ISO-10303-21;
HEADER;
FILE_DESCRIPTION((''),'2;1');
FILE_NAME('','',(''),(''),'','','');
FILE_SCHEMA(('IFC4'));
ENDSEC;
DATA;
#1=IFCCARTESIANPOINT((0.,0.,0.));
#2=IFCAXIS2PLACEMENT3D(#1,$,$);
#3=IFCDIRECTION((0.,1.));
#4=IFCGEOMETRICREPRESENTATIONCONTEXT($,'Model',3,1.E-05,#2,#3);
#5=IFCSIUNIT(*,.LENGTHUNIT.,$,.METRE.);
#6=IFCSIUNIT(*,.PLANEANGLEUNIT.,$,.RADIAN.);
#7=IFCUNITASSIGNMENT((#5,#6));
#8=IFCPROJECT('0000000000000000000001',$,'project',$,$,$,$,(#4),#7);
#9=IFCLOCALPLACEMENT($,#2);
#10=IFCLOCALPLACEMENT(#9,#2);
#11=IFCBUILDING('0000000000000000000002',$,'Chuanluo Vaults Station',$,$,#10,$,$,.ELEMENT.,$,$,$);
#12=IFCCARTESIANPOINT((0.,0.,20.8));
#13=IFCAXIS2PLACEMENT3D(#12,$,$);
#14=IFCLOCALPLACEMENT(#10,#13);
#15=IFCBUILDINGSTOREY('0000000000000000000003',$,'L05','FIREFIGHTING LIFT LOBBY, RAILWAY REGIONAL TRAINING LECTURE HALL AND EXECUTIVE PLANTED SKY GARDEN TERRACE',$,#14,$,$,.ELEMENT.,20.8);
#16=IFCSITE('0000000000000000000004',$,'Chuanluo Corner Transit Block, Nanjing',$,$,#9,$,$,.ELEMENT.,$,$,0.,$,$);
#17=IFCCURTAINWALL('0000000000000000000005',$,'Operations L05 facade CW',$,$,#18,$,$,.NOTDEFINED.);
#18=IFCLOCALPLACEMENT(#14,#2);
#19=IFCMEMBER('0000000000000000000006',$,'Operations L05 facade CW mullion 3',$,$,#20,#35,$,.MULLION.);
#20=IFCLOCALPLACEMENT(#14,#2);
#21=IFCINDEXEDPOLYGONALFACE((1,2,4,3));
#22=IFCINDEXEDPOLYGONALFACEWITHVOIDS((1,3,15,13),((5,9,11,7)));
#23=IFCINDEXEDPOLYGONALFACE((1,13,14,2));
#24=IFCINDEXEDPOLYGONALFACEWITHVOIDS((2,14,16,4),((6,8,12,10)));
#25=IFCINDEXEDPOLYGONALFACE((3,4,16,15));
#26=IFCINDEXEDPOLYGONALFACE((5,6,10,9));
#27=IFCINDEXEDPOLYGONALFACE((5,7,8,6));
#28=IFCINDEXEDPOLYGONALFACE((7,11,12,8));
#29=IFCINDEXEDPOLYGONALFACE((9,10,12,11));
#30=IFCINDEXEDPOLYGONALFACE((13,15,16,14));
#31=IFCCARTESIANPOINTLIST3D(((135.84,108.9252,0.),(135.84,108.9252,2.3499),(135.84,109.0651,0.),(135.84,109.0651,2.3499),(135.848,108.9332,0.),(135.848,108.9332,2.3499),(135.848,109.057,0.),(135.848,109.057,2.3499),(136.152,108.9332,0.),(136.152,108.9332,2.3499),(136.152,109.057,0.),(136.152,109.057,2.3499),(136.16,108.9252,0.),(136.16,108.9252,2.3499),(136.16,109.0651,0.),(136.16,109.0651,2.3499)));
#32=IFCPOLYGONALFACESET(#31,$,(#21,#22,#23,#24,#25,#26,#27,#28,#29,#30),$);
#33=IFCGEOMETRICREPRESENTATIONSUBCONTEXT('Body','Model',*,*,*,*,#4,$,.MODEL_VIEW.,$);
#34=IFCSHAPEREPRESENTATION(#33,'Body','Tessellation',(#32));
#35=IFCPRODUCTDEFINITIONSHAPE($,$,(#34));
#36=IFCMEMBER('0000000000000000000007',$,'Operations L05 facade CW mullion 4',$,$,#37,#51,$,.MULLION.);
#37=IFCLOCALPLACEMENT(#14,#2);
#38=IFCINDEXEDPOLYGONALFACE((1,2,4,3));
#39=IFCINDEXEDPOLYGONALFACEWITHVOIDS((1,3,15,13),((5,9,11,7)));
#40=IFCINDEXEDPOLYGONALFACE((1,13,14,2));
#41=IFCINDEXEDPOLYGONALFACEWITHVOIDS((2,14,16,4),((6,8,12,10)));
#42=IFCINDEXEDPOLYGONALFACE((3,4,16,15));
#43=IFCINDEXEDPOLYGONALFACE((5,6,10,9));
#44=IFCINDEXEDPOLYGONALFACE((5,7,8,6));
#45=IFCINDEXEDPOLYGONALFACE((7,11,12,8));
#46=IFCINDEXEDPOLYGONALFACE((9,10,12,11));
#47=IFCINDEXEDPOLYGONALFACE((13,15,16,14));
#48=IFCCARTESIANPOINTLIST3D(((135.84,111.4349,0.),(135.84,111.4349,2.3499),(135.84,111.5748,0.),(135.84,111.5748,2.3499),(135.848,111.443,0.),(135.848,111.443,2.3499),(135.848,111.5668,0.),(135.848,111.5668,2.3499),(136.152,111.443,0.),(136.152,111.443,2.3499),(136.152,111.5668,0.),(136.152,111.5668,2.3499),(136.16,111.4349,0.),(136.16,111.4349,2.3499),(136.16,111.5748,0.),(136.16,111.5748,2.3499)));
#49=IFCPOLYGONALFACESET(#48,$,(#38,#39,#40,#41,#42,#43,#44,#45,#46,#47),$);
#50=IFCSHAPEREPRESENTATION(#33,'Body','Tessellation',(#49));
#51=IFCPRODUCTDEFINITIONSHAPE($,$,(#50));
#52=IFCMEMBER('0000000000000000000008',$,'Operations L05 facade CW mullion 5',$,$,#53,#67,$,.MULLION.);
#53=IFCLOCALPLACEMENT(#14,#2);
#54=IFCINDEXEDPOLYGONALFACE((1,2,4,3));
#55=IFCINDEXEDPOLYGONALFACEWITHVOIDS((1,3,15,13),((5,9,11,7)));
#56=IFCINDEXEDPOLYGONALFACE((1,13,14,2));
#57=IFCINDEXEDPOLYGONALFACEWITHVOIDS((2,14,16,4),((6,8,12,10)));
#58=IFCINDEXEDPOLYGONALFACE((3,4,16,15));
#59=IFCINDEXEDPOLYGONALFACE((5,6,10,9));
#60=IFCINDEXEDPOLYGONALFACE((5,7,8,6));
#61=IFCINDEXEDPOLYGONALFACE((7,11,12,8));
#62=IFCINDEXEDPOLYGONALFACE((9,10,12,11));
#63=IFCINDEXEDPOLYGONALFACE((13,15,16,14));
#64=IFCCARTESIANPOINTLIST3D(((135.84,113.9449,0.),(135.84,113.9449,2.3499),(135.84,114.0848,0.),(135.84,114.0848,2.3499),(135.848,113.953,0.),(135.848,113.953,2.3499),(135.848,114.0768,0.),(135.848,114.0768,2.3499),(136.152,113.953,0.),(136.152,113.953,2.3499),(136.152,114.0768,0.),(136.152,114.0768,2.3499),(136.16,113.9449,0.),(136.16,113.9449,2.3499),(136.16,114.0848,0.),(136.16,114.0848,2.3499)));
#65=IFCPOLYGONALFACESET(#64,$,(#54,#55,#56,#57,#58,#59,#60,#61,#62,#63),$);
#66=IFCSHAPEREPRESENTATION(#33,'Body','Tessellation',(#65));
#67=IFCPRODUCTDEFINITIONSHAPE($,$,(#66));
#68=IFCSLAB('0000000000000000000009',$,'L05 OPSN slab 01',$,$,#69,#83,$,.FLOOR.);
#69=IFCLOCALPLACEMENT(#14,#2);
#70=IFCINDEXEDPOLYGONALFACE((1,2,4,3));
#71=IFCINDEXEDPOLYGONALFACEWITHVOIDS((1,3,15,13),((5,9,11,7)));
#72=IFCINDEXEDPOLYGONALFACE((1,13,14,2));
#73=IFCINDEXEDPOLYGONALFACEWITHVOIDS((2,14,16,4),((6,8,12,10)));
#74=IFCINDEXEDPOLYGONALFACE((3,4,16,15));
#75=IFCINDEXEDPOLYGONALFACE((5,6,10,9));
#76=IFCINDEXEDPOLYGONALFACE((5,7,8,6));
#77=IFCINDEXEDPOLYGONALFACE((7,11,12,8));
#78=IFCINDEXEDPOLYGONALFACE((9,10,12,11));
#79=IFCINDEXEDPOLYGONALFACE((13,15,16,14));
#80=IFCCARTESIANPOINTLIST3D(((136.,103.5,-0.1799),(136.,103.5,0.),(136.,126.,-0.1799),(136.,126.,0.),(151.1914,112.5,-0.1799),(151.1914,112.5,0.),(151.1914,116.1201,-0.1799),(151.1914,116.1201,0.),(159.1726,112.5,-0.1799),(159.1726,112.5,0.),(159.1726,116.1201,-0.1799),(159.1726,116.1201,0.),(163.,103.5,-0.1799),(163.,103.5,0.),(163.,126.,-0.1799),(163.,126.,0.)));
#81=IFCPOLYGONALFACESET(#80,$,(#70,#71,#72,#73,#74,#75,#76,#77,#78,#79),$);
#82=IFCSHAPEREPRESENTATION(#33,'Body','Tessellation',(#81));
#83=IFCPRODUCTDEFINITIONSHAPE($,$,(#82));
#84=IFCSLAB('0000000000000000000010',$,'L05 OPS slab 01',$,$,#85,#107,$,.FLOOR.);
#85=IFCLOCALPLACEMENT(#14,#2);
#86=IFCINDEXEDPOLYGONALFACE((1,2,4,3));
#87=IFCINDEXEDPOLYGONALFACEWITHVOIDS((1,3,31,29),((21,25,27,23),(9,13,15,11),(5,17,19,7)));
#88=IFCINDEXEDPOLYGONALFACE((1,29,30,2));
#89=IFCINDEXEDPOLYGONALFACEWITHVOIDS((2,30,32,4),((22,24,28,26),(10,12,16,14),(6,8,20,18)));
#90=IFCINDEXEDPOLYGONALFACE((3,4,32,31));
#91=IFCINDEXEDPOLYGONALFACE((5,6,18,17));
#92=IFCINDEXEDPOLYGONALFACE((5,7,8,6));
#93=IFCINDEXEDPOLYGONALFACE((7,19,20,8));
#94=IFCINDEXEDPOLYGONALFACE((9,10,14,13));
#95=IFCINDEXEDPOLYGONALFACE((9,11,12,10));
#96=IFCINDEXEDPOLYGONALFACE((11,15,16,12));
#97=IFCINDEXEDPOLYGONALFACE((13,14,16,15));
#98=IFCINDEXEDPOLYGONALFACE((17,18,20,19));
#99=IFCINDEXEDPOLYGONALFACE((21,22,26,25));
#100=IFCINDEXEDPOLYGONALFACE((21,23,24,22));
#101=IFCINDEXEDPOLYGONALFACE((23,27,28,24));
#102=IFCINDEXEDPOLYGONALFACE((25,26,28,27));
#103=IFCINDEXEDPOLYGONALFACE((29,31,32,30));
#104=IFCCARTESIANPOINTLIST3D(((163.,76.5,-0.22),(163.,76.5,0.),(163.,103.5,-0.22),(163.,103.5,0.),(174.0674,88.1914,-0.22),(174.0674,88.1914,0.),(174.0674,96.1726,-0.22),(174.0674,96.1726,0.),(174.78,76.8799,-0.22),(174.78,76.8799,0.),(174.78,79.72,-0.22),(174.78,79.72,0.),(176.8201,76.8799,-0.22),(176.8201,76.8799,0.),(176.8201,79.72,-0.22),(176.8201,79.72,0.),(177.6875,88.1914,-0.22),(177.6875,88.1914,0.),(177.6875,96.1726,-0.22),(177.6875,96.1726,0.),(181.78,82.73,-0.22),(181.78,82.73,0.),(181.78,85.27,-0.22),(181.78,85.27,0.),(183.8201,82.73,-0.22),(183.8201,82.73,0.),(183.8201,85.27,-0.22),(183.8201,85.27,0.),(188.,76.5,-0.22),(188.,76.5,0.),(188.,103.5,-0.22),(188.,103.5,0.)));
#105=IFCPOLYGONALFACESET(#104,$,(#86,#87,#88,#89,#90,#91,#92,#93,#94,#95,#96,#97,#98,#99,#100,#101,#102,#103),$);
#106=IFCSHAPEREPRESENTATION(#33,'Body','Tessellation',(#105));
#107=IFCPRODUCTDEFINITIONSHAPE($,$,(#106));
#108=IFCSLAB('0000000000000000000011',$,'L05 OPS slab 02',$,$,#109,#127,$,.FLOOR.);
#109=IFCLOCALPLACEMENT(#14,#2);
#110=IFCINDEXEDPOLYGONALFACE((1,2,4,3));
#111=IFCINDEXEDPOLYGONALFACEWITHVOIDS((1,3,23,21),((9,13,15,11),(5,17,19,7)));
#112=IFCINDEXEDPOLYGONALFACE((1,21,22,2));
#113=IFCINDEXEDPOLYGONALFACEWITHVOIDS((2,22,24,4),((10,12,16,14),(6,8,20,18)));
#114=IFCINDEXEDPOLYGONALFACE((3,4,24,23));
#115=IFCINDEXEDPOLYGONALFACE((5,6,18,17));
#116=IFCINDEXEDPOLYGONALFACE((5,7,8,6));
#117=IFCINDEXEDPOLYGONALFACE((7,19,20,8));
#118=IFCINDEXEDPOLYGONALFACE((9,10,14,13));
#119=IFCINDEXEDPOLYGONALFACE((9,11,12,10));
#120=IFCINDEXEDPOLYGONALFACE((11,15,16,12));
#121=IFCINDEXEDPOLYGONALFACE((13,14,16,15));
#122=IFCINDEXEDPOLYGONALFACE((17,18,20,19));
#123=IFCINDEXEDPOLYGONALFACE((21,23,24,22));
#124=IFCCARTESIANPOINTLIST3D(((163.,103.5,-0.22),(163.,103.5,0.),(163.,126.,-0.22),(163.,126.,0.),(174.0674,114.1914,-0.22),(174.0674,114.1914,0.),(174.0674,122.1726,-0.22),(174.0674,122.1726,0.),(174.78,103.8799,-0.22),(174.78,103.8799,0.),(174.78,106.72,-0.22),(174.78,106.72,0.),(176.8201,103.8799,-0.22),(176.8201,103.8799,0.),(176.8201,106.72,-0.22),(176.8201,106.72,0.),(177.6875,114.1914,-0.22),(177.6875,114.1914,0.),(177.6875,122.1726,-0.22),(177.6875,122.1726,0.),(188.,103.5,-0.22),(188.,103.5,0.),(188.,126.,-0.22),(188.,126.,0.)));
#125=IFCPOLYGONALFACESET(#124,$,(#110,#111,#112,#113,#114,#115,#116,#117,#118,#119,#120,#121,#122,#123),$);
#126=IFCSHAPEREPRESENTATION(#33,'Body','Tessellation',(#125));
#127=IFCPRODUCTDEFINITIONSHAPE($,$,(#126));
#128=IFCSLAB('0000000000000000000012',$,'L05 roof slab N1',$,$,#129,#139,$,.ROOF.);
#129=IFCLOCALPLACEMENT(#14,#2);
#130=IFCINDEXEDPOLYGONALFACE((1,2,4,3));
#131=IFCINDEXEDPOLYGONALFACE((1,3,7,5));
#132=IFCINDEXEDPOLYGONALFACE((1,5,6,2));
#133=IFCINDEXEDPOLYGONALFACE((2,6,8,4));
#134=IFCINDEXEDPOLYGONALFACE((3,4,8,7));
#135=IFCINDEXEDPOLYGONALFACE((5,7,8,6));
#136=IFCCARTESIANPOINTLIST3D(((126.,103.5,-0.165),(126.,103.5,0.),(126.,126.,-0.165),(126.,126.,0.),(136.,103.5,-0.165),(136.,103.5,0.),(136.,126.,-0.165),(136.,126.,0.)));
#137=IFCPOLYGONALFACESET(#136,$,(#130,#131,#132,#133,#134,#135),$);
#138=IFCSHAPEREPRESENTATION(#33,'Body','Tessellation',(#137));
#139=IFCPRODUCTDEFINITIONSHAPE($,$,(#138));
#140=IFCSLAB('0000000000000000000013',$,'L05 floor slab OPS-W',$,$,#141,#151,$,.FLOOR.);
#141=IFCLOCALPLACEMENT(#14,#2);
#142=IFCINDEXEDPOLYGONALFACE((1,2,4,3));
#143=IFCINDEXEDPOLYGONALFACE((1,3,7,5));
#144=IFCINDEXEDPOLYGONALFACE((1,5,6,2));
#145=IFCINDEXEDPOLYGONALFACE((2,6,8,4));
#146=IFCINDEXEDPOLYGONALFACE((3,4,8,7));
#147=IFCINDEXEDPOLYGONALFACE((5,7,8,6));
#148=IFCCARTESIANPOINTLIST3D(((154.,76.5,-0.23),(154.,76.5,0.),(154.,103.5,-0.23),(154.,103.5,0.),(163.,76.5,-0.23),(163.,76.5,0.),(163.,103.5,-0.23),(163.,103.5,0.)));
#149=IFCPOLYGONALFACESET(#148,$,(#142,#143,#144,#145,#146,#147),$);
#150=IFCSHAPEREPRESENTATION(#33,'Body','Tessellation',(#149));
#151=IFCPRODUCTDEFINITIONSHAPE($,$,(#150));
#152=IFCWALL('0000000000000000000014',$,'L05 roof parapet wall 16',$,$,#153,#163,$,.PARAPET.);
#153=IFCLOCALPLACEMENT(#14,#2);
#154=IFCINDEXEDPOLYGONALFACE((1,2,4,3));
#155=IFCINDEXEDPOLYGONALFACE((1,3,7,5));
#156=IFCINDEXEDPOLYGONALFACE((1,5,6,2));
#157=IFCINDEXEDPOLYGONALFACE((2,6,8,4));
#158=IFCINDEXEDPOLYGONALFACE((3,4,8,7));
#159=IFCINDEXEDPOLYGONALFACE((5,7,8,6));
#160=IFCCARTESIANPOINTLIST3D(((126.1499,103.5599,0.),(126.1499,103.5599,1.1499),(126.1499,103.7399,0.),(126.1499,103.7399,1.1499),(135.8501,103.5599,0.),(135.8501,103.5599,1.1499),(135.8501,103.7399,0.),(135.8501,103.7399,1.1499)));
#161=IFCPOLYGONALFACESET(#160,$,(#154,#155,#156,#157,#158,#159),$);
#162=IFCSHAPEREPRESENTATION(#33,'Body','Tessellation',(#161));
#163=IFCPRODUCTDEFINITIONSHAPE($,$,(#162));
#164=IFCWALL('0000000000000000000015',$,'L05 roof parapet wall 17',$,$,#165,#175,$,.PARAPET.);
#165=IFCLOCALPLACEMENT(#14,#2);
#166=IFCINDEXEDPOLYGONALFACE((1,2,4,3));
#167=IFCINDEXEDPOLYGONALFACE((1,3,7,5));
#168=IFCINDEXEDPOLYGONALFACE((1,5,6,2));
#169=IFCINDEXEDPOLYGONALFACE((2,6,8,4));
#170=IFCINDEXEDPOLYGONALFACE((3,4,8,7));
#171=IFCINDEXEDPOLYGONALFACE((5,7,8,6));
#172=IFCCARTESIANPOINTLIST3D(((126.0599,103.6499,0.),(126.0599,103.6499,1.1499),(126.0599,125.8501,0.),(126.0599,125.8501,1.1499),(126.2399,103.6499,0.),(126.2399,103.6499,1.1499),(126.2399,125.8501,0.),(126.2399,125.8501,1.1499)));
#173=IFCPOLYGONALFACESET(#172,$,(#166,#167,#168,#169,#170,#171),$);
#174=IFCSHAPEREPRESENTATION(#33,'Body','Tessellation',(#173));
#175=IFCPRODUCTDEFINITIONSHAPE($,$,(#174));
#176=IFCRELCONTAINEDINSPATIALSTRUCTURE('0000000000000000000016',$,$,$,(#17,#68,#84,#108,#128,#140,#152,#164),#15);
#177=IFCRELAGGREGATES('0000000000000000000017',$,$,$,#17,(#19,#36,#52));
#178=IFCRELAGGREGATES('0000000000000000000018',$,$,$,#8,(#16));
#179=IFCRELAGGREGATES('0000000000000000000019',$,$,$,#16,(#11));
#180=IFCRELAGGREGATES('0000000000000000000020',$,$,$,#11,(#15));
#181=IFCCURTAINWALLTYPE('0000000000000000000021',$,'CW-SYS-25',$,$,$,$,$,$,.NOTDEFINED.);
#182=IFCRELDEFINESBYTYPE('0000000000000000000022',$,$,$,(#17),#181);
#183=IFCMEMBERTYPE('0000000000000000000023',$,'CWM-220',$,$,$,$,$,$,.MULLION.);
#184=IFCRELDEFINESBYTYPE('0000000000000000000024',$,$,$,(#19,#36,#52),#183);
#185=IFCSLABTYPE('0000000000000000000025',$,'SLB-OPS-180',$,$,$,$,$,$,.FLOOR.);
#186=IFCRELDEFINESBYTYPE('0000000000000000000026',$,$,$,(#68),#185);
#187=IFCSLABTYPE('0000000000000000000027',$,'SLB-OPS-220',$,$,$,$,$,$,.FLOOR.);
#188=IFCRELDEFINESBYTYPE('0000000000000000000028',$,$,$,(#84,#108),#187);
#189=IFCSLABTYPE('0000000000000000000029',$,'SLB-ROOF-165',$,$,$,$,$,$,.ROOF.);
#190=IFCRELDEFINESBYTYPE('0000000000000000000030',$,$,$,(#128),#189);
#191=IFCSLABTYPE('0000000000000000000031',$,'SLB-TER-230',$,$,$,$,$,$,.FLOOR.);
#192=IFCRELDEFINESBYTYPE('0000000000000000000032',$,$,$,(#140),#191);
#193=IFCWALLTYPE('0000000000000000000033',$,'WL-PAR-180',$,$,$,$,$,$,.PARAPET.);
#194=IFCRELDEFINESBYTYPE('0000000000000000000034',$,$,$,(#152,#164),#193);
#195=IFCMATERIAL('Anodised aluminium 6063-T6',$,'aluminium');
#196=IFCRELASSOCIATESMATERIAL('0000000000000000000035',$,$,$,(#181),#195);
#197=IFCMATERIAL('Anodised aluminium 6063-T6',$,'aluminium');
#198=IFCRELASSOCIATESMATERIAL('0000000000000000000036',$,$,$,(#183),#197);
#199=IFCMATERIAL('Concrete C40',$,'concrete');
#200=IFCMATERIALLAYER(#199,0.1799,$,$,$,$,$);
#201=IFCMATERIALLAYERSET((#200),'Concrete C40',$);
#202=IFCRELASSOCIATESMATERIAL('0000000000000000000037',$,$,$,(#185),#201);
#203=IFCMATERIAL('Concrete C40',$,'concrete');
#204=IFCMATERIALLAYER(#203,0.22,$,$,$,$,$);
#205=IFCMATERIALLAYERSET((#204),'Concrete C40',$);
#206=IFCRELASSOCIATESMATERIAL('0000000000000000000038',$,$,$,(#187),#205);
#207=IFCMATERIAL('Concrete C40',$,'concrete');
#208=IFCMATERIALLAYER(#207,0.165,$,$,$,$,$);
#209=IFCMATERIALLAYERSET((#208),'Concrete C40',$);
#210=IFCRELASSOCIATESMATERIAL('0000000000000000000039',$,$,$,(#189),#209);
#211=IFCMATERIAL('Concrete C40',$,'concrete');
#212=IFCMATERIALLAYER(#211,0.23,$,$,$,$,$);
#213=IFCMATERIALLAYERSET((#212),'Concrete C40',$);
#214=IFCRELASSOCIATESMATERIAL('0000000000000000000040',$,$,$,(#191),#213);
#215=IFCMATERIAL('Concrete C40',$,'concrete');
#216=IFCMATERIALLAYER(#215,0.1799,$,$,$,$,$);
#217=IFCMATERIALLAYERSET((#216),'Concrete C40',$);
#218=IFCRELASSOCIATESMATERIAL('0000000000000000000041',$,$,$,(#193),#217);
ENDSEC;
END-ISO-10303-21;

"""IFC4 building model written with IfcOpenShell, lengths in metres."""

from ifc_helpers import new_model, si_unit, direction, frame, frame_2d, origin, origin_2d, place, context, subcontext, project, spatial, polyline, rectangle, hollow_rectangle, outline, extrude, material, layer, layer_set, material_profile, profile_set, type_object, element, aggregate, save


model = new_model("IFC4")

# Units and contexts
model_context = context("Model", 3, precision=1e-05, world=origin(), true_north=direction((0.0, 1.0)))
body_context = subcontext(model_context, "Body", "Model", "MODEL_VIEW")
ifc_project = project(units=[si_unit("LENGTHUNIT", "METRE"), si_unit("PLANEANGLEUNIT", "RADIAN")], contexts=[model_context])

# Site, building, storey
site_placement = place(None, origin())
site = spatial("IfcSite", under=ifc_project, at=site_placement, Name="Chuanluo Corner Transit Block, Nanjing", CompositionType="ELEMENT", RefElevation=0.0)
building_placement = place(site_placement, origin())
building = spatial("IfcBuilding", under=site, at=building_placement, Name="Chuanluo Vaults Station", CompositionType="ELEMENT")
storey_placement = place(building_placement, frame((0.0, 0.0, 20.8)))
storey = spatial("IfcBuildingStorey", under=building, at=storey_placement, Name="L05", Description="FIREFIGHTING LIFT LOBBY, RAILWAY REGIONAL TRAINING LECTURE HALL AND EXECUTIVE PLANTED SKY GARDEN TERRACE", CompositionType="ELEMENT", Elevation=20.8)

# Curtain wall, members
ifc_material_1 = material(Name="Anodised aluminium 6063-T6", Category="aluminium")
curtain_wall_type = type_object("IfcCurtainWallType", Name="CW-SYS-25", PredefinedType="NOTDEFINED", material=ifc_material_1)
curtain_wall_placement = place(storey_placement, origin())
curtain_wall = element("IfcCurtainWall", 1, at=curtain_wall_placement, inside=storey, type_object=curtain_wall_type, Name="Operations L05 facade CW", PredefinedType="NOTDEFINED")
ifc_material_2 = material(Name="Anodised aluminium 6063-T6", Category="aluminium")
ifc_material_profile_1 = material_profile(ifc_material_2, hollow_rectangle(XDim=0.1399, YDim=0.3201, WallThickness=0.0081, at=origin_2d()))
ifc_profile_set_1 = profile_set([ifc_material_profile_1], Name="Anodised aluminium 6063-T6")
member_type = type_object("IfcMemberType", Name="CWM-220", PredefinedType="MULLION", material=ifc_profile_set_1)
member_1_placement = place(storey_placement, frame((136.0, 108.9951, 0.0), z_axis=(0.0, 0.0, 1.0), x_axis=(0.0, 1.0, 0.0)))
member_1 = element("IfcMember", 2, at=member_1_placement, type_object=member_type, Name="Operations L05 facade CW mullion 3", PredefinedType="MULLION", context=body_context, shape_type="SweptSolid", body=[
    extrude(hollow_rectangle(XDim=0.1399, YDim=0.3201, WallThickness=0.0081, at=origin_2d()), origin(), (0.0, 0.0, 1.0), 2.3499),
])
member_2_placement = place(storey_placement, frame((136.0, 111.5049, 0.0), z_axis=(0.0, 0.0, 1.0), x_axis=(0.0, 1.0, 0.0)))
member_2 = element("IfcMember", 3, at=member_2_placement, type_object=member_type, Name="Operations L05 facade CW mullion 4", PredefinedType="MULLION", context=body_context, shape_type="SweptSolid", body=[
    extrude(hollow_rectangle(XDim=0.1399, YDim=0.3201, WallThickness=0.0081, at=origin_2d()), origin(), (0.0, 0.0, 1.0), 2.3499),
])
member_3_placement = place(storey_placement, frame((136.0, 114.0149, 0.0), z_axis=(0.0, 0.0, 1.0), x_axis=(0.0, 1.0, 0.0)))
member_3 = element("IfcMember", 4, at=member_3_placement, type_object=member_type, Name="Operations L05 facade CW mullion 5", PredefinedType="MULLION", context=body_context, shape_type="SweptSolid", body=[
    extrude(hollow_rectangle(XDim=0.1399, YDim=0.3201, WallThickness=0.0081, at=origin_2d()), origin(), (0.0, 0.0, 1.0), 2.3499),
])
aggregate(curtain_wall, [member_1, member_2, member_3])

# Slabs
ifc_material_3 = material(Name="Concrete C40", Category="concrete")
ifc_layer_1 = layer(ifc_material_3, 0.1799)
ifc_layer_set_1 = layer_set([ifc_layer_1], Name="Concrete C40")
slab_type_1 = type_object("IfcSlabType", Name="SLB-OPS-180", PredefinedType="FLOOR", material=ifc_layer_set_1)
slab_1_placement = place(storey_placement, frame((0.0, 0.0, -0.1799)))
element("IfcSlab", 5, at=slab_1_placement, inside=storey, type_object=slab_type_1, Name="L05 OPSN slab 01", PredefinedType="FLOOR", context=body_context, shape_type="SweptSolid", body=[
    extrude(outline(polyline([(136.0, 103.5), (163.0, 103.5), (163.0, 126.0), (136.0, 126.0), (136.0, 103.5)]), holes=[polyline([(151.1914, 112.5), (159.1726, 112.5), (159.1726, 116.1201), (151.1914, 116.1201), (151.1914, 112.5)])]), origin(), (0.0, 0.0, 1.0), 0.1799),
])
ifc_material_4 = material(Name="Concrete C40", Category="concrete")
ifc_layer_2 = layer(ifc_material_4, 0.22)
ifc_layer_set_2 = layer_set([ifc_layer_2], Name="Concrete C40")
slab_type_2 = type_object("IfcSlabType", Name="SLB-OPS-220", PredefinedType="FLOOR", material=ifc_layer_set_2)
slab_2_placement = place(storey_placement, frame((0.0, 0.0, -0.22)))
element("IfcSlab", 6, at=slab_2_placement, inside=storey, type_object=slab_type_2, Name="L05 OPS slab 01", PredefinedType="FLOOR", context=body_context, shape_type="SweptSolid", body=[
    extrude(outline(polyline([(163.0, 76.5), (188.0, 76.5), (188.0, 103.5), (163.0, 103.5), (163.0, 76.5)]), holes=[polyline([(177.6875, 88.1914), (177.6875, 96.1726), (174.0674, 96.1726), (174.0674, 88.1914), (177.6875, 88.1914)]), polyline([(174.78, 76.8799), (176.8201, 76.8799), (176.8201, 79.72), (174.78, 79.72), (174.78, 76.8799)]), polyline([(181.78, 82.73), (183.8201, 82.73), (183.8201, 85.27), (181.78, 85.27), (181.78, 82.73)])]), origin(), (0.0, 0.0, 1.0), 0.22),
])
slab_3_placement = place(storey_placement, frame((0.0, 0.0, -0.22)))
element("IfcSlab", 7, at=slab_3_placement, inside=storey, type_object=slab_type_2, Name="L05 OPS slab 02", PredefinedType="FLOOR", context=body_context, shape_type="SweptSolid", body=[
    extrude(outline(polyline([(163.0, 103.5), (188.0, 103.5), (188.0, 126.0), (163.0, 126.0), (163.0, 103.5)]), holes=[polyline([(177.6875, 114.1914), (177.6875, 122.1726), (174.0674, 122.1726), (174.0674, 114.1914), (177.6875, 114.1914)]), polyline([(174.78, 103.8799), (176.8201, 103.8799), (176.8201, 106.72), (174.78, 106.72), (174.78, 103.8799)])]), origin(), (0.0, 0.0, 1.0), 0.22),
])
ifc_material_5 = material(Name="Concrete C40", Category="concrete")
ifc_layer_3 = layer(ifc_material_5, 0.165)
ifc_layer_set_3 = layer_set([ifc_layer_3], Name="Concrete C40")
slab_type_3 = type_object("IfcSlabType", Name="SLB-ROOF-165", PredefinedType="ROOF", material=ifc_layer_set_3)
slab_4_placement = place(storey_placement, frame((0.0, 0.0, -0.165)))
element("IfcSlab", 8, at=slab_4_placement, inside=storey, type_object=slab_type_3, Name="L05 roof slab N1", PredefinedType="ROOF", context=body_context, shape_type="SweptSolid", body=[
    extrude(outline(polyline([(126.0, 103.5), (136.0, 103.5), (136.0, 126.0), (126.0, 126.0), (126.0, 103.5)])), origin(), (0.0, 0.0, 1.0), 0.165),
])
ifc_material_6 = material(Name="Concrete C40", Category="concrete")
ifc_layer_4 = layer(ifc_material_6, 0.23)
ifc_layer_set_4 = layer_set([ifc_layer_4], Name="Concrete C40")
slab_type_4 = type_object("IfcSlabType", Name="SLB-TER-230", PredefinedType="FLOOR", material=ifc_layer_set_4)
slab_5_placement = place(storey_placement, frame((0.0, 0.0, -0.23)))
element("IfcSlab", 9, at=slab_5_placement, inside=storey, type_object=slab_type_4, Name="L05 floor slab OPS-W", PredefinedType="FLOOR", context=body_context, shape_type="SweptSolid", body=[
    extrude(outline(polyline([(154.0, 76.5), (163.0, 76.5), (163.0, 103.5), (154.0, 103.5), (154.0, 76.5)])), origin(), (0.0, 0.0, 1.0), 0.23),
])

# Walls
ifc_material_7 = material(Name="Concrete C40", Category="concrete")
ifc_layer_5 = layer(ifc_material_7, 0.1799)
ifc_layer_set_5 = layer_set([ifc_layer_5], Name="Concrete C40")
wall_type = type_object("IfcWallType", Name="WL-PAR-180", PredefinedType="PARAPET", material=ifc_layer_set_5)
wall_1_placement = place(storey_placement, frame((126.1499, 103.6499, 0.0), z_axis=(0.0, 0.0, 1.0), x_axis=(1.0, 0.0, 0.0)))
element("IfcWall", 10, at=wall_1_placement, inside=storey, type_object=wall_type, Name="L05 roof parapet wall 16", PredefinedType="PARAPET", context=body_context, shape_type="SweptSolid", body=[
    extrude(rectangle(XDim=9.7002, YDim=0.1799, at=frame_2d((4.8501, 0.0))), origin(), (0.0, 0.0, 1.0), 1.1499),
])
wall_2_placement = place(storey_placement, frame((126.1499, 103.6499, 0.0), z_axis=(0.0, 0.0, 1.0), x_axis=(0.0, 1.0, 0.0)))
element("IfcWall", 11, at=wall_2_placement, inside=storey, type_object=wall_type, Name="L05 roof parapet wall 17", PredefinedType="PARAPET", context=body_context, shape_type="SweptSolid", body=[
    extrude(rectangle(XDim=22.2002, YDim=0.1799, at=frame_2d((11.1001, 0.0))), origin(), (0.0, 0.0, 1.0), 1.1499),
])

save(model, "model.ifc")
